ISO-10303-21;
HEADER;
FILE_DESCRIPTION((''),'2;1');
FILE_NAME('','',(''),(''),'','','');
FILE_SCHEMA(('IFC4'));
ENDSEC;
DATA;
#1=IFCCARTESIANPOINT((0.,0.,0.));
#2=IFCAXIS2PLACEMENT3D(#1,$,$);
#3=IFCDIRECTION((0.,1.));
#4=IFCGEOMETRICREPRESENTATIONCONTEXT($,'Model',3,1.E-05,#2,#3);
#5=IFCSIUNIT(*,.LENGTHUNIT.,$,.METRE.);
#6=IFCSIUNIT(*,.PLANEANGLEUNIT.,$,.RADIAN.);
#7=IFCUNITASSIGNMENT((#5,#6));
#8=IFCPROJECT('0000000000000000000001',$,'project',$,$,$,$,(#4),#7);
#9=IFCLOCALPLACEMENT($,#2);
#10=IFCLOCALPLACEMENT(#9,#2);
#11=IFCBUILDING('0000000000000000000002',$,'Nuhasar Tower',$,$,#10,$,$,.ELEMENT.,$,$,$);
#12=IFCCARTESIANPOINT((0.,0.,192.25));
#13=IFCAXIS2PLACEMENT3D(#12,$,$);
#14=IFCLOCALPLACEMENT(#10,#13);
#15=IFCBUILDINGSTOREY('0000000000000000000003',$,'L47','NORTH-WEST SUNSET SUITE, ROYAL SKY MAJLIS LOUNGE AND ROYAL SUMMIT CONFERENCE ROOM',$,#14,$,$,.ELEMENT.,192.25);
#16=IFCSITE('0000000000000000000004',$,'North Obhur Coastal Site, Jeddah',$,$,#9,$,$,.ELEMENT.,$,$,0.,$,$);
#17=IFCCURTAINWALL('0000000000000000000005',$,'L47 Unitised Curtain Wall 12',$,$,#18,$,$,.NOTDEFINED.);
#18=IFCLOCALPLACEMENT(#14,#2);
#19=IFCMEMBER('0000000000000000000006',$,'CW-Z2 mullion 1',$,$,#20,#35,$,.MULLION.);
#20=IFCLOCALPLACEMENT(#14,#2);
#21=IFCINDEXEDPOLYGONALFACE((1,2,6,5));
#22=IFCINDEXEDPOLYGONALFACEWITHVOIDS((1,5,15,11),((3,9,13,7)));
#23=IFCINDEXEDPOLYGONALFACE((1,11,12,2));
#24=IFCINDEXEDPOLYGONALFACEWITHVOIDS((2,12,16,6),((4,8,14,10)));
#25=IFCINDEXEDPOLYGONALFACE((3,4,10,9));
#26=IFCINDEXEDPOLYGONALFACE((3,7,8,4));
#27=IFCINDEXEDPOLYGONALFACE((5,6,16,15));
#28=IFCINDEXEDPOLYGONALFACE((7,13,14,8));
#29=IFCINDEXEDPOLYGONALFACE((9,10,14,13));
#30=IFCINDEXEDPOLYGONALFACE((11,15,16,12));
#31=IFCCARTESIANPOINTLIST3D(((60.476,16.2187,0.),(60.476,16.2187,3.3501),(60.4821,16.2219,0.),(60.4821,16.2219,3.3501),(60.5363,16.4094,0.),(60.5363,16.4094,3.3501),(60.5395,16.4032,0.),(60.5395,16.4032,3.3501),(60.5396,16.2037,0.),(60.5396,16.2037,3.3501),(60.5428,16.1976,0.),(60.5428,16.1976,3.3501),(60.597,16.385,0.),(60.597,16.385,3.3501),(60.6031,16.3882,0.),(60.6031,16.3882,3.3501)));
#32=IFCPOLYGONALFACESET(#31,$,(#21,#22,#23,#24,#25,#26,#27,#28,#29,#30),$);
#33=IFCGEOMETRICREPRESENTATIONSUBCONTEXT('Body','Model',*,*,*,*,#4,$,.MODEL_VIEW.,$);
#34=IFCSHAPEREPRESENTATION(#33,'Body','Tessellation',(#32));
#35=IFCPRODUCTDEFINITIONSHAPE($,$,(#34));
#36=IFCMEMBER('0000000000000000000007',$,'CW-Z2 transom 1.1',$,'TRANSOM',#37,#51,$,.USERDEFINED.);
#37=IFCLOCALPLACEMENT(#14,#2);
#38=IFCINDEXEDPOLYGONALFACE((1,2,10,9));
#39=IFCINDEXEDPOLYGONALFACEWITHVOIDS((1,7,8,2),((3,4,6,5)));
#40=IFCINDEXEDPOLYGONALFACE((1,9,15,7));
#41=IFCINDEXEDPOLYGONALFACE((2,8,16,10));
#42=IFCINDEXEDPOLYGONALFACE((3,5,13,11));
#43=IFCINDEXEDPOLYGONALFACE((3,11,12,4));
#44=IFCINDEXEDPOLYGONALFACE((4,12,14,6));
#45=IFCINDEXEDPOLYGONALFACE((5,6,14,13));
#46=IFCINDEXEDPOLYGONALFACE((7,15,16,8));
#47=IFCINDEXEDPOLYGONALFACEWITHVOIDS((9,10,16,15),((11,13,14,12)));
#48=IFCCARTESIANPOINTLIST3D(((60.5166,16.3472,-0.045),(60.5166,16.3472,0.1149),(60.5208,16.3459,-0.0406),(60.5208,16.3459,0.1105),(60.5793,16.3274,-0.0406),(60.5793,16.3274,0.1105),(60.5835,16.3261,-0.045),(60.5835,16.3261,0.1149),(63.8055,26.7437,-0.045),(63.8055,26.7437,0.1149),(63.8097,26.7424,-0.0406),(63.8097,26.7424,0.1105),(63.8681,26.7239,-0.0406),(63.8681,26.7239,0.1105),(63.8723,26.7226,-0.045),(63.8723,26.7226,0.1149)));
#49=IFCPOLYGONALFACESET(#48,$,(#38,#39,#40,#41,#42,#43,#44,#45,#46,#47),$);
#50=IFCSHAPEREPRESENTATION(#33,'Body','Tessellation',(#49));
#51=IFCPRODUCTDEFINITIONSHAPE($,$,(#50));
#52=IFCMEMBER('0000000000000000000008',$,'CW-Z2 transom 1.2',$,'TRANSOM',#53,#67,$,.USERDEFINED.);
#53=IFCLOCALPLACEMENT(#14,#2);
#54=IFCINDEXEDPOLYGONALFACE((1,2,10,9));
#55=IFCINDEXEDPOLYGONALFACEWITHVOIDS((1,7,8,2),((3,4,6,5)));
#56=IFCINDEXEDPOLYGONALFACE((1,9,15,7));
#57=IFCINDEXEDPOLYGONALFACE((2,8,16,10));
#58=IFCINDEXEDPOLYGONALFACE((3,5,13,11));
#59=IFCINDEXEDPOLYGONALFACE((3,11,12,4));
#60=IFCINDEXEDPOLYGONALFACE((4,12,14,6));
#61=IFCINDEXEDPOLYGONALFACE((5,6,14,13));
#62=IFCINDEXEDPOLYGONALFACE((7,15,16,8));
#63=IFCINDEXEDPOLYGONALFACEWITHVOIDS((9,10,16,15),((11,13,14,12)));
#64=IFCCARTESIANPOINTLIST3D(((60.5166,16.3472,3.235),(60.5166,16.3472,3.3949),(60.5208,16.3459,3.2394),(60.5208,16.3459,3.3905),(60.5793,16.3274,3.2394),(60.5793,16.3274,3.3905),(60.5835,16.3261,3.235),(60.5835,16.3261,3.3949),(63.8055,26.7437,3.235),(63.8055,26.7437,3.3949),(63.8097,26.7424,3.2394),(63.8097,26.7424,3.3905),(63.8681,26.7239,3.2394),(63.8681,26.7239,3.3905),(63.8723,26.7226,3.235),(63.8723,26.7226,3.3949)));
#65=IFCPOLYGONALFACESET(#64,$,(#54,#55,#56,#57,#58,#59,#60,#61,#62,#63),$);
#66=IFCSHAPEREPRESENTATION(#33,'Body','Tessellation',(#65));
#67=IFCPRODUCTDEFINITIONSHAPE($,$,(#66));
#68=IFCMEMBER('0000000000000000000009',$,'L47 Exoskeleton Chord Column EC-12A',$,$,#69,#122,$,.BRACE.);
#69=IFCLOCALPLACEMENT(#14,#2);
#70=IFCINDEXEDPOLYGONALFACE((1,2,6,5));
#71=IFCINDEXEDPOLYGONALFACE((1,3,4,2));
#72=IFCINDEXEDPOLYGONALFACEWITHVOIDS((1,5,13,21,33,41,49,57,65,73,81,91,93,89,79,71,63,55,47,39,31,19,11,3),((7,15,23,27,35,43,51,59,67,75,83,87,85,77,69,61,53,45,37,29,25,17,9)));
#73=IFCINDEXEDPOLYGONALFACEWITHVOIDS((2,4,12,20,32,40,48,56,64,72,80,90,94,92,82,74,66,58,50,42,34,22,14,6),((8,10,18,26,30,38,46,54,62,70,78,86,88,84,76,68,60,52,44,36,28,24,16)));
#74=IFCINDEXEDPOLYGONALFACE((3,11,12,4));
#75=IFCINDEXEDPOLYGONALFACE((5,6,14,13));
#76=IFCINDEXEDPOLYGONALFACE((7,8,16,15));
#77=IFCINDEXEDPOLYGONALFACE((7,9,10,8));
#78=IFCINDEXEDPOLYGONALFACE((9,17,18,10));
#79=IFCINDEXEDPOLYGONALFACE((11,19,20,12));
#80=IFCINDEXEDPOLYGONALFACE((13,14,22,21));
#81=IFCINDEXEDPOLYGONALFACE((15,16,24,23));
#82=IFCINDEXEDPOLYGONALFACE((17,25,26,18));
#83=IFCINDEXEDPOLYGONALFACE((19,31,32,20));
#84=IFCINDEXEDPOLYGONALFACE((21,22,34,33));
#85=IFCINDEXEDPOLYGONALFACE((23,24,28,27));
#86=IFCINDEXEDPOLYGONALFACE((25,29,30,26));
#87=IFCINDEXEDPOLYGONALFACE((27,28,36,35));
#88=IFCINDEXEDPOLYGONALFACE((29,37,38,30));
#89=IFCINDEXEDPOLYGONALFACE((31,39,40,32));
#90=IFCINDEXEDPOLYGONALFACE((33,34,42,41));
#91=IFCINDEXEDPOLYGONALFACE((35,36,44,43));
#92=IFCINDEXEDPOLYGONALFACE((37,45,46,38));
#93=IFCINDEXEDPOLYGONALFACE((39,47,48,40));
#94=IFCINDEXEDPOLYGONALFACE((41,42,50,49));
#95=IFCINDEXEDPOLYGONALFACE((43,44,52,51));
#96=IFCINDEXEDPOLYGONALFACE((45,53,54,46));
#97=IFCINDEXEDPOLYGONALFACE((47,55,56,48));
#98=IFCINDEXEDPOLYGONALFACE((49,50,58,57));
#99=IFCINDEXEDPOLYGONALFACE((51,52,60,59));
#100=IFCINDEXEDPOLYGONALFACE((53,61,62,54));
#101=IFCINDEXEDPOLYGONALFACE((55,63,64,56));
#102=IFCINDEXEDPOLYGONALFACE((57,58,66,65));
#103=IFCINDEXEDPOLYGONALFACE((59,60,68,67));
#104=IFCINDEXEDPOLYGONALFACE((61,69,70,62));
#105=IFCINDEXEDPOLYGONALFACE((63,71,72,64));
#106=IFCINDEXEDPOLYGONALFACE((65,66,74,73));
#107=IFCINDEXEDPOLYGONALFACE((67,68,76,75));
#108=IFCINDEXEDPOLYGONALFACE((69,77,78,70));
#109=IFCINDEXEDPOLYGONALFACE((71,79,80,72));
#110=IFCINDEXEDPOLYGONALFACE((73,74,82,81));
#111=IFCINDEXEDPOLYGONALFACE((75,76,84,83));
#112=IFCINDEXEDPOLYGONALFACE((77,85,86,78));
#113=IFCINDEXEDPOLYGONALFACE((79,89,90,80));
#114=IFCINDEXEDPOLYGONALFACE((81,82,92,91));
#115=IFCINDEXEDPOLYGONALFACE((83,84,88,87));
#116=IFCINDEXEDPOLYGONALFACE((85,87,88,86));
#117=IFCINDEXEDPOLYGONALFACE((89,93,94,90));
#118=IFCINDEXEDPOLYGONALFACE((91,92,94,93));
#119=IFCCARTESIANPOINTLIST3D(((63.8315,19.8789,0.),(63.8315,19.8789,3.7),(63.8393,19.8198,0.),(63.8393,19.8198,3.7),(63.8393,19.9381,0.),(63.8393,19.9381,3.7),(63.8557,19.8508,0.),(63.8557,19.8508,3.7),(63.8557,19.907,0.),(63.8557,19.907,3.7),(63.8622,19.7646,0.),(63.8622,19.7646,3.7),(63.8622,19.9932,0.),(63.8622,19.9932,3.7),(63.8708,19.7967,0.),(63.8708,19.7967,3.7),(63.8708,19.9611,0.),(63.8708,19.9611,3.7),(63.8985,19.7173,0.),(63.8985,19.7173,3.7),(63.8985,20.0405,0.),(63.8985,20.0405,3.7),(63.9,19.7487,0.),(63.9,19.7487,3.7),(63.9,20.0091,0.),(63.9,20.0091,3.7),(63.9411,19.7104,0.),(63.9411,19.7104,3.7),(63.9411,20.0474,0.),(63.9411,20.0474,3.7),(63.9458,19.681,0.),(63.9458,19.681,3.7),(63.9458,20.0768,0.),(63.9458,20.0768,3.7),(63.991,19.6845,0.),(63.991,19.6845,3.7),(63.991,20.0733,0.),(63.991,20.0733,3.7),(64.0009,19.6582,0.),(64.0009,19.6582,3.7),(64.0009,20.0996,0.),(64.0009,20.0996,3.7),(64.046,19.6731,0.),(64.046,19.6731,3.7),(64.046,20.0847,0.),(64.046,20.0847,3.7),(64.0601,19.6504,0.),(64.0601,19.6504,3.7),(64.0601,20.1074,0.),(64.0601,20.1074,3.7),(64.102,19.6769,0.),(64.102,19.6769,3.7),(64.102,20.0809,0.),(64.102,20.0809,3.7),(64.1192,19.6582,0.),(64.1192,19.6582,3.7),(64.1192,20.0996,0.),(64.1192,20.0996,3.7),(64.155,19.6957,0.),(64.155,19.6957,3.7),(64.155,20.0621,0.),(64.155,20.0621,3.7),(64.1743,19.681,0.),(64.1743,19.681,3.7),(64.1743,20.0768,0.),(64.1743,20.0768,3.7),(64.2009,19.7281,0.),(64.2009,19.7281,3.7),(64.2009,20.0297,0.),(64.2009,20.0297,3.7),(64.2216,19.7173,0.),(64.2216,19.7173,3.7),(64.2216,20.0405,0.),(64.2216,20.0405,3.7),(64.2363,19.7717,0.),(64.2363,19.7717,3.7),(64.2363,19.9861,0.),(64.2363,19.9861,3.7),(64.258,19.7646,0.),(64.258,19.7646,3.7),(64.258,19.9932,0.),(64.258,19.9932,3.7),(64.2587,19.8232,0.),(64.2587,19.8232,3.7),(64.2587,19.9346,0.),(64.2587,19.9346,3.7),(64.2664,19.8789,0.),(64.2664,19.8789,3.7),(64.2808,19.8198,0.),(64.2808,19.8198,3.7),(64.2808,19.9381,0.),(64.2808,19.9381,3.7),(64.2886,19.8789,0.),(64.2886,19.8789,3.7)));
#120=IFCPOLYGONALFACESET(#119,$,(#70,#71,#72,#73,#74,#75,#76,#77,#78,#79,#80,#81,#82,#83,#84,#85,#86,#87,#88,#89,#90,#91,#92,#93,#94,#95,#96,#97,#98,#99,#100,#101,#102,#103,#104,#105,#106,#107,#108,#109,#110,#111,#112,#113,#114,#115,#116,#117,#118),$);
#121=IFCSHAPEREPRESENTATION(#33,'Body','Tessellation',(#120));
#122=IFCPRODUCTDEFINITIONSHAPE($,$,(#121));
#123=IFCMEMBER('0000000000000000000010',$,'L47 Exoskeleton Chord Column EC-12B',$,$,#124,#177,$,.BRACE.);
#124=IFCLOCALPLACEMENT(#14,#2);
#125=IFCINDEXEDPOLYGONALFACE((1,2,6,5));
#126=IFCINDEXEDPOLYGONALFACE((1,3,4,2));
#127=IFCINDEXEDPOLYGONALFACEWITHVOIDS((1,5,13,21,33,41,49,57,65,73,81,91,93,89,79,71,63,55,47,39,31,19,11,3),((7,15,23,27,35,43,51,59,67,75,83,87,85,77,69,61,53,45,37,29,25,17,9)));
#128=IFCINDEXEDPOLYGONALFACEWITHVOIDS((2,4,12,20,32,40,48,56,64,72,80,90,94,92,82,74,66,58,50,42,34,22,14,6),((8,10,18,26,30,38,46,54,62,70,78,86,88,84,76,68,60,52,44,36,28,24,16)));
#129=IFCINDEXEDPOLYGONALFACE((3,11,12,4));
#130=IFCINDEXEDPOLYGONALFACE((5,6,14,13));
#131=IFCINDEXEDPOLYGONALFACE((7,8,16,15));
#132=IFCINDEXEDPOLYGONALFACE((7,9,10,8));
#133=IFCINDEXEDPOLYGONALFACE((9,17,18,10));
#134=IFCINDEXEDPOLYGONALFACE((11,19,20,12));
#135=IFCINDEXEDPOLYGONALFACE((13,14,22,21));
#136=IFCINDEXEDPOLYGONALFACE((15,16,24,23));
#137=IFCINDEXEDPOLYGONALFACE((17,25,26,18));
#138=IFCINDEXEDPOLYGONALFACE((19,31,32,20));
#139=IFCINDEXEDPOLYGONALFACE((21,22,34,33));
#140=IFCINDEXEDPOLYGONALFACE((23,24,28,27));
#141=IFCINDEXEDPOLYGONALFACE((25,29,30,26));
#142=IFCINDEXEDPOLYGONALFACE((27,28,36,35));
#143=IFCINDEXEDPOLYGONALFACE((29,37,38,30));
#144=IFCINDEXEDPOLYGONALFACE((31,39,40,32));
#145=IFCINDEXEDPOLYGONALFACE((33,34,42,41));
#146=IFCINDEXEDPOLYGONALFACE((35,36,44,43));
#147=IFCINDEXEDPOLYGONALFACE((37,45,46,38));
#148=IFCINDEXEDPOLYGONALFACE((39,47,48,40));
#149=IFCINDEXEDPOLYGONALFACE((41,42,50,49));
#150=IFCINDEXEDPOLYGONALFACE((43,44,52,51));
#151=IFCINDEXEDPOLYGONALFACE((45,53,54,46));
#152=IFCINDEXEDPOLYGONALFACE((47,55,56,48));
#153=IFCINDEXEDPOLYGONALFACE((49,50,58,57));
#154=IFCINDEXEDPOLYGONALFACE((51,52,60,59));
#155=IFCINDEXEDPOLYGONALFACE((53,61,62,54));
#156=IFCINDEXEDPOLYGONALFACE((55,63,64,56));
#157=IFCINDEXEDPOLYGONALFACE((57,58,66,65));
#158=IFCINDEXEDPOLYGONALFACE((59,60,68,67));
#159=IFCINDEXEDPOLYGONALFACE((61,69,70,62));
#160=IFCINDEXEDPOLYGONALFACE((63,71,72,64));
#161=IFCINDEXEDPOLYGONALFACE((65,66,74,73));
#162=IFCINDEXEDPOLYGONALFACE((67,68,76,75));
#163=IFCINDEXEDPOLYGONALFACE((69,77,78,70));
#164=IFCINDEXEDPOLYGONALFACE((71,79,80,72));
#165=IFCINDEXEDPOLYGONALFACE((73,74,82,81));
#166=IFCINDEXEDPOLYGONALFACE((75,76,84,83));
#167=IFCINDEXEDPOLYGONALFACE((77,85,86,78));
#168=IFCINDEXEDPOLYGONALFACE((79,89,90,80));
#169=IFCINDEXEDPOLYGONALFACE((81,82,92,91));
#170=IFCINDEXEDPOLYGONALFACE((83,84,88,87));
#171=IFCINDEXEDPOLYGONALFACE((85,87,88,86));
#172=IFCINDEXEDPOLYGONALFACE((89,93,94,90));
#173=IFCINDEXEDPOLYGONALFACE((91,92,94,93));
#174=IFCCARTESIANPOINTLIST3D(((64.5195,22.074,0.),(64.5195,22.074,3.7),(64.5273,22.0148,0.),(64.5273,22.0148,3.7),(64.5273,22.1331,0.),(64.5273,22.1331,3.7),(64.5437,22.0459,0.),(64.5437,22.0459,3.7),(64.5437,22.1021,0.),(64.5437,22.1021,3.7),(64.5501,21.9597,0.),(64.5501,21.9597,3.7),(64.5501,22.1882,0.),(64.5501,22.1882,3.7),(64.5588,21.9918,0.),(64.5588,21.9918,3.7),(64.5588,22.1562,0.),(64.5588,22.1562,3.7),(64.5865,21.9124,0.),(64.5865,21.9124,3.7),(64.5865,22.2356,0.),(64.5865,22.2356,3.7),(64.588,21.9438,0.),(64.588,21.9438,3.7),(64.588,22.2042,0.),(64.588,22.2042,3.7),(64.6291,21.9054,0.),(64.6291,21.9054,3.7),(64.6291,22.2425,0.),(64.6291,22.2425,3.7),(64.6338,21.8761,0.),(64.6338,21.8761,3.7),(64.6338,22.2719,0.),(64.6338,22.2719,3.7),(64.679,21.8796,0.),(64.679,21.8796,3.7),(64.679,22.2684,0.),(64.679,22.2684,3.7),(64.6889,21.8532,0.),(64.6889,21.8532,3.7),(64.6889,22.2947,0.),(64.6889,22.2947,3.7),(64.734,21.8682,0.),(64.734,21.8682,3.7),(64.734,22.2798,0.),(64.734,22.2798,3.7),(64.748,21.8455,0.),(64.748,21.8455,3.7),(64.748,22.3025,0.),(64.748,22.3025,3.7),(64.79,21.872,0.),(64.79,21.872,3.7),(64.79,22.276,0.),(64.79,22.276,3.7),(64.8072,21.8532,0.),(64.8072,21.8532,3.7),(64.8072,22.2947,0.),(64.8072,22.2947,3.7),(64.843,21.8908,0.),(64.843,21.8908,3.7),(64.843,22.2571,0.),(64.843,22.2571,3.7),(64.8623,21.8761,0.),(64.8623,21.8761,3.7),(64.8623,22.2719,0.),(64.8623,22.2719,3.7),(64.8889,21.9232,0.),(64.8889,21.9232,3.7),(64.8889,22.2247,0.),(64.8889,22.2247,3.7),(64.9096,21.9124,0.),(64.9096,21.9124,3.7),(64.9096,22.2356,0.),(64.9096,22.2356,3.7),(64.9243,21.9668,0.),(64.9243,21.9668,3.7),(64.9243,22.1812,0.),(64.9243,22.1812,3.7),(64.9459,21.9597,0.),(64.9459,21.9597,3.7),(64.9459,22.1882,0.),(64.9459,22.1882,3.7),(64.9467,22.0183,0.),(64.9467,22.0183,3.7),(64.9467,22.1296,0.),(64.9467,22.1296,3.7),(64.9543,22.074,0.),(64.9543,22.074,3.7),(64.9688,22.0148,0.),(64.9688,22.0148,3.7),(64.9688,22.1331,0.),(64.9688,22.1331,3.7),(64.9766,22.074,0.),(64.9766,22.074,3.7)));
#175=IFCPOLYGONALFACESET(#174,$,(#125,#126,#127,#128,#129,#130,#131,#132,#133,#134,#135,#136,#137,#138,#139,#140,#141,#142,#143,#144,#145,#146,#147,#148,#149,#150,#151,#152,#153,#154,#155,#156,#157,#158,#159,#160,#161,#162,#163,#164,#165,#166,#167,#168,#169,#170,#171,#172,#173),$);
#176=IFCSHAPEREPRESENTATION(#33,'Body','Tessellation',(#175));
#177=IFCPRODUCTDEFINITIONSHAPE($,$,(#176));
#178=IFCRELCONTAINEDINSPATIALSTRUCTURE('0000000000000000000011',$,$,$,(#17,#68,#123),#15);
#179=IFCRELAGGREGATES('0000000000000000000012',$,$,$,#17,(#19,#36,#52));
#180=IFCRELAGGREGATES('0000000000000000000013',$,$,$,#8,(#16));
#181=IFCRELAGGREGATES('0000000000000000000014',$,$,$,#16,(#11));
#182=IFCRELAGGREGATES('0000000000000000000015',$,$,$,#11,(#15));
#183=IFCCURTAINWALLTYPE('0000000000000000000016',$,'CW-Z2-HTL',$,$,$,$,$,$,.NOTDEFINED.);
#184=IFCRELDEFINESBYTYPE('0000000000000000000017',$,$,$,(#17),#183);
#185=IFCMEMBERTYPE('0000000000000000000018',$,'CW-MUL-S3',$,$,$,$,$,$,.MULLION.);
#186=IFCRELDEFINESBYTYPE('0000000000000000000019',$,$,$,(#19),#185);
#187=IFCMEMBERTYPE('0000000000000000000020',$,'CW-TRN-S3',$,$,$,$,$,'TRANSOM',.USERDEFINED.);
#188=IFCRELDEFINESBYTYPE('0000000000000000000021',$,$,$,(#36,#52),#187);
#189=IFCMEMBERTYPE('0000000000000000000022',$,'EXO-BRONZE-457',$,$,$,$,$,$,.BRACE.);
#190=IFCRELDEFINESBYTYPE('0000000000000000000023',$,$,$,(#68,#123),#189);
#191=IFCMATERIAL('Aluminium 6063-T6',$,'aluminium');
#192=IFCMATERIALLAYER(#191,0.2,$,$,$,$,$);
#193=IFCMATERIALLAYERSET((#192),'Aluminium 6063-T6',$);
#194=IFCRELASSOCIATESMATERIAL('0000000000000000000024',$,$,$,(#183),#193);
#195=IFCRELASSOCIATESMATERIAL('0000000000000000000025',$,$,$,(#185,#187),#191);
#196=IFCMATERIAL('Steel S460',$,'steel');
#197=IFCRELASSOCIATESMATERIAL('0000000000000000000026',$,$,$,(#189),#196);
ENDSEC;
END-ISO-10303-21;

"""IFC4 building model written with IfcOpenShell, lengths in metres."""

from ifc_helpers import new_model, si_unit, direction, frame, origin, origin_2d, place, context, subcontext, project, spatial, hollow_rectangle, hollow_circle, extrude, material, layer, layer_set, material_profile, profile_set, type_object, element, aggregate, save


model = new_model("IFC4")

# Units and contexts
model_context = context("Model", 3, precision=1e-05, world=origin(), true_north=direction((0.0, 1.0)))
body_context = subcontext(model_context, "Body", "Model", "MODEL_VIEW")
ifc_project = project(units=[si_unit("LENGTHUNIT", "METRE"), si_unit("PLANEANGLEUNIT", "RADIAN")], contexts=[model_context])

# Site, building, storey
site_placement = place(None, origin())
site = spatial("IfcSite", under=ifc_project, at=site_placement, Name="North Obhur Coastal Site, Jeddah", CompositionType="ELEMENT", RefElevation=0.0)
building_placement = place(site_placement, origin())
building = spatial("IfcBuilding", under=site, at=building_placement, Name="Nuhasar Tower", CompositionType="ELEMENT")
storey_placement = place(building_placement, frame((0.0, 0.0, 192.25)))
storey = spatial("IfcBuildingStorey", under=building, at=storey_placement, Name="L47", Description="NORTH-WEST SUNSET SUITE, ROYAL SKY MAJLIS LOUNGE AND ROYAL SUMMIT CONFERENCE ROOM", CompositionType="ELEMENT", Elevation=192.25)

# Curtain wall, members
ifc_material_1 = material(Name="Aluminium 6063-T6", Category="aluminium")
ifc_layer_1 = layer(ifc_material_1, 0.2)
ifc_layer_set_1 = layer_set([ifc_layer_1], Name="Aluminium 6063-T6")
curtain_wall_type = type_object("IfcCurtainWallType", Name="CW-Z2-HTL", PredefinedType="NOTDEFINED", material=ifc_layer_set_1)
curtain_wall_placement = place(storey_placement, origin())
curtain_wall = element("IfcCurtainWall", 1, at=curtain_wall_placement, inside=storey, type_object=curtain_wall_type, Name="L47 Unitised Curtain Wall 12", PredefinedType="NOTDEFINED")
ifc_material_profile_1 = material_profile(ifc_material_1, hollow_rectangle(XDim=0.0701, YDim=0.2, WallThickness=0.0049, at=origin_2d()), Name="CWM-3")
ifc_profile_set_1 = profile_set([ifc_material_profile_1], Name="Aluminium 6063-T6")
member_type_1 = type_object("IfcMemberType", Name="CW-MUL-S3", PredefinedType="MULLION", material=ifc_profile_set_1)
member_1_placement = place(storey_placement, frame((60.5396, 16.3035, 0.0), z_axis=(0.0, 0.0, 1.0), x_axis=(-0.953433, 0.301604, 0.0)))
member_1 = element("IfcMember", 2, at=member_1_placement, type_object=member_type_1, Name="CW-Z2 mullion 1", PredefinedType="MULLION", context=body_context, shape_type="SweptSolid", body=[
    extrude(hollow_rectangle(XDim=0.0701, YDim=0.2, WallThickness=0.0049, at=origin_2d()), origin(), (0.0, 0.0, 1.0), 3.3501),
])
ifc_material_profile_2 = material_profile(ifc_material_1, hollow_rectangle(XDim=0.0701, YDim=0.1599, WallThickness=0.0044, at=origin_2d()), Name="CWT-3")
ifc_profile_set_2 = profile_set([ifc_material_profile_2], Name="Aluminium 6063-T6")
member_type_2 = type_object("IfcMemberType", Name="CW-TRN-S3", ElementType="TRANSOM", PredefinedType="USERDEFINED", material=ifc_profile_set_2)
member_2_placement = place(storey_placement, frame((60.55, 16.3367, 0.0349), z_axis=(0.301608, 0.953432, 0.0), x_axis=(-0.953432, 0.301608, 0.0)))
member_2 = element("IfcMember", 3, at=member_2_placement, type_object=member_type_2, Name="CW-Z2 transom 1.1", ObjectType="TRANSOM", PredefinedType="USERDEFINED", context=body_context, shape_type="SweptSolid", body=[
    extrude(hollow_rectangle(XDim=0.0701, YDim=0.1599, WallThickness=0.0044, at=origin_2d()), origin(), (0.0, 0.0, 1.0), 10.9043),
])
member_3_placement = place(storey_placement, frame((60.55, 16.3367, 3.3149), z_axis=(0.301608, 0.953432, 0.0), x_axis=(-0.953432, 0.301608, 0.0)))
member_3 = element("IfcMember", 4, at=member_3_placement, type_object=member_type_2, Name="CW-Z2 transom 1.2", ObjectType="TRANSOM", PredefinedType="USERDEFINED", context=body_context, shape_type="SweptSolid", body=[
    extrude(hollow_rectangle(XDim=0.0701, YDim=0.1599, WallThickness=0.0044, at=origin_2d()), origin(), (0.0, 0.0, 1.0), 10.9043),
])

# Members
ifc_material_2 = material(Name="Steel S460", Category="steel")
ifc_material_profile_3 = material_profile(ifc_material_2, hollow_circle(Radius=0.2285, WallThickness=0.0222, at=origin_2d()), Name="HSS457X22.2")
ifc_profile_set_3 = profile_set([ifc_material_profile_3], Name="Steel S460")
member_type_3 = type_object("IfcMemberType", Name="EXO-BRONZE-457", PredefinedType="BRACE", material=ifc_profile_set_3)
for number, where, z_axis, x_axis, name in (
    (5, (64.0601, 19.8789, 0.0), (0.0, 0.0, 1.0), (1.0, 0.0, 0.0), "L47 Exoskeleton Chord Column EC-12A"),
    (6, (64.748, 22.074, 0.0), (0.0, 0.0, 1.0), (1.0, 0.0, 0.0), "L47 Exoskeleton Chord Column EC-12B"),
):
    element("IfcMember", number, at=place(storey_placement, frame(where, z_axis=z_axis, x_axis=x_axis)), inside=storey, type_object=member_type_3, Name=name, PredefinedType="BRACE", context=body_context, shape_type="SweptSolid", body=[
        extrude(hollow_circle(Radius=0.2285, WallThickness=0.0222, at=origin_2d()), origin(), (0.0, 0.0, 1.0), 3.7),
    ])

aggregate(curtain_wall, [member_1, member_2, member_3])

save(model, "model.ifc")
